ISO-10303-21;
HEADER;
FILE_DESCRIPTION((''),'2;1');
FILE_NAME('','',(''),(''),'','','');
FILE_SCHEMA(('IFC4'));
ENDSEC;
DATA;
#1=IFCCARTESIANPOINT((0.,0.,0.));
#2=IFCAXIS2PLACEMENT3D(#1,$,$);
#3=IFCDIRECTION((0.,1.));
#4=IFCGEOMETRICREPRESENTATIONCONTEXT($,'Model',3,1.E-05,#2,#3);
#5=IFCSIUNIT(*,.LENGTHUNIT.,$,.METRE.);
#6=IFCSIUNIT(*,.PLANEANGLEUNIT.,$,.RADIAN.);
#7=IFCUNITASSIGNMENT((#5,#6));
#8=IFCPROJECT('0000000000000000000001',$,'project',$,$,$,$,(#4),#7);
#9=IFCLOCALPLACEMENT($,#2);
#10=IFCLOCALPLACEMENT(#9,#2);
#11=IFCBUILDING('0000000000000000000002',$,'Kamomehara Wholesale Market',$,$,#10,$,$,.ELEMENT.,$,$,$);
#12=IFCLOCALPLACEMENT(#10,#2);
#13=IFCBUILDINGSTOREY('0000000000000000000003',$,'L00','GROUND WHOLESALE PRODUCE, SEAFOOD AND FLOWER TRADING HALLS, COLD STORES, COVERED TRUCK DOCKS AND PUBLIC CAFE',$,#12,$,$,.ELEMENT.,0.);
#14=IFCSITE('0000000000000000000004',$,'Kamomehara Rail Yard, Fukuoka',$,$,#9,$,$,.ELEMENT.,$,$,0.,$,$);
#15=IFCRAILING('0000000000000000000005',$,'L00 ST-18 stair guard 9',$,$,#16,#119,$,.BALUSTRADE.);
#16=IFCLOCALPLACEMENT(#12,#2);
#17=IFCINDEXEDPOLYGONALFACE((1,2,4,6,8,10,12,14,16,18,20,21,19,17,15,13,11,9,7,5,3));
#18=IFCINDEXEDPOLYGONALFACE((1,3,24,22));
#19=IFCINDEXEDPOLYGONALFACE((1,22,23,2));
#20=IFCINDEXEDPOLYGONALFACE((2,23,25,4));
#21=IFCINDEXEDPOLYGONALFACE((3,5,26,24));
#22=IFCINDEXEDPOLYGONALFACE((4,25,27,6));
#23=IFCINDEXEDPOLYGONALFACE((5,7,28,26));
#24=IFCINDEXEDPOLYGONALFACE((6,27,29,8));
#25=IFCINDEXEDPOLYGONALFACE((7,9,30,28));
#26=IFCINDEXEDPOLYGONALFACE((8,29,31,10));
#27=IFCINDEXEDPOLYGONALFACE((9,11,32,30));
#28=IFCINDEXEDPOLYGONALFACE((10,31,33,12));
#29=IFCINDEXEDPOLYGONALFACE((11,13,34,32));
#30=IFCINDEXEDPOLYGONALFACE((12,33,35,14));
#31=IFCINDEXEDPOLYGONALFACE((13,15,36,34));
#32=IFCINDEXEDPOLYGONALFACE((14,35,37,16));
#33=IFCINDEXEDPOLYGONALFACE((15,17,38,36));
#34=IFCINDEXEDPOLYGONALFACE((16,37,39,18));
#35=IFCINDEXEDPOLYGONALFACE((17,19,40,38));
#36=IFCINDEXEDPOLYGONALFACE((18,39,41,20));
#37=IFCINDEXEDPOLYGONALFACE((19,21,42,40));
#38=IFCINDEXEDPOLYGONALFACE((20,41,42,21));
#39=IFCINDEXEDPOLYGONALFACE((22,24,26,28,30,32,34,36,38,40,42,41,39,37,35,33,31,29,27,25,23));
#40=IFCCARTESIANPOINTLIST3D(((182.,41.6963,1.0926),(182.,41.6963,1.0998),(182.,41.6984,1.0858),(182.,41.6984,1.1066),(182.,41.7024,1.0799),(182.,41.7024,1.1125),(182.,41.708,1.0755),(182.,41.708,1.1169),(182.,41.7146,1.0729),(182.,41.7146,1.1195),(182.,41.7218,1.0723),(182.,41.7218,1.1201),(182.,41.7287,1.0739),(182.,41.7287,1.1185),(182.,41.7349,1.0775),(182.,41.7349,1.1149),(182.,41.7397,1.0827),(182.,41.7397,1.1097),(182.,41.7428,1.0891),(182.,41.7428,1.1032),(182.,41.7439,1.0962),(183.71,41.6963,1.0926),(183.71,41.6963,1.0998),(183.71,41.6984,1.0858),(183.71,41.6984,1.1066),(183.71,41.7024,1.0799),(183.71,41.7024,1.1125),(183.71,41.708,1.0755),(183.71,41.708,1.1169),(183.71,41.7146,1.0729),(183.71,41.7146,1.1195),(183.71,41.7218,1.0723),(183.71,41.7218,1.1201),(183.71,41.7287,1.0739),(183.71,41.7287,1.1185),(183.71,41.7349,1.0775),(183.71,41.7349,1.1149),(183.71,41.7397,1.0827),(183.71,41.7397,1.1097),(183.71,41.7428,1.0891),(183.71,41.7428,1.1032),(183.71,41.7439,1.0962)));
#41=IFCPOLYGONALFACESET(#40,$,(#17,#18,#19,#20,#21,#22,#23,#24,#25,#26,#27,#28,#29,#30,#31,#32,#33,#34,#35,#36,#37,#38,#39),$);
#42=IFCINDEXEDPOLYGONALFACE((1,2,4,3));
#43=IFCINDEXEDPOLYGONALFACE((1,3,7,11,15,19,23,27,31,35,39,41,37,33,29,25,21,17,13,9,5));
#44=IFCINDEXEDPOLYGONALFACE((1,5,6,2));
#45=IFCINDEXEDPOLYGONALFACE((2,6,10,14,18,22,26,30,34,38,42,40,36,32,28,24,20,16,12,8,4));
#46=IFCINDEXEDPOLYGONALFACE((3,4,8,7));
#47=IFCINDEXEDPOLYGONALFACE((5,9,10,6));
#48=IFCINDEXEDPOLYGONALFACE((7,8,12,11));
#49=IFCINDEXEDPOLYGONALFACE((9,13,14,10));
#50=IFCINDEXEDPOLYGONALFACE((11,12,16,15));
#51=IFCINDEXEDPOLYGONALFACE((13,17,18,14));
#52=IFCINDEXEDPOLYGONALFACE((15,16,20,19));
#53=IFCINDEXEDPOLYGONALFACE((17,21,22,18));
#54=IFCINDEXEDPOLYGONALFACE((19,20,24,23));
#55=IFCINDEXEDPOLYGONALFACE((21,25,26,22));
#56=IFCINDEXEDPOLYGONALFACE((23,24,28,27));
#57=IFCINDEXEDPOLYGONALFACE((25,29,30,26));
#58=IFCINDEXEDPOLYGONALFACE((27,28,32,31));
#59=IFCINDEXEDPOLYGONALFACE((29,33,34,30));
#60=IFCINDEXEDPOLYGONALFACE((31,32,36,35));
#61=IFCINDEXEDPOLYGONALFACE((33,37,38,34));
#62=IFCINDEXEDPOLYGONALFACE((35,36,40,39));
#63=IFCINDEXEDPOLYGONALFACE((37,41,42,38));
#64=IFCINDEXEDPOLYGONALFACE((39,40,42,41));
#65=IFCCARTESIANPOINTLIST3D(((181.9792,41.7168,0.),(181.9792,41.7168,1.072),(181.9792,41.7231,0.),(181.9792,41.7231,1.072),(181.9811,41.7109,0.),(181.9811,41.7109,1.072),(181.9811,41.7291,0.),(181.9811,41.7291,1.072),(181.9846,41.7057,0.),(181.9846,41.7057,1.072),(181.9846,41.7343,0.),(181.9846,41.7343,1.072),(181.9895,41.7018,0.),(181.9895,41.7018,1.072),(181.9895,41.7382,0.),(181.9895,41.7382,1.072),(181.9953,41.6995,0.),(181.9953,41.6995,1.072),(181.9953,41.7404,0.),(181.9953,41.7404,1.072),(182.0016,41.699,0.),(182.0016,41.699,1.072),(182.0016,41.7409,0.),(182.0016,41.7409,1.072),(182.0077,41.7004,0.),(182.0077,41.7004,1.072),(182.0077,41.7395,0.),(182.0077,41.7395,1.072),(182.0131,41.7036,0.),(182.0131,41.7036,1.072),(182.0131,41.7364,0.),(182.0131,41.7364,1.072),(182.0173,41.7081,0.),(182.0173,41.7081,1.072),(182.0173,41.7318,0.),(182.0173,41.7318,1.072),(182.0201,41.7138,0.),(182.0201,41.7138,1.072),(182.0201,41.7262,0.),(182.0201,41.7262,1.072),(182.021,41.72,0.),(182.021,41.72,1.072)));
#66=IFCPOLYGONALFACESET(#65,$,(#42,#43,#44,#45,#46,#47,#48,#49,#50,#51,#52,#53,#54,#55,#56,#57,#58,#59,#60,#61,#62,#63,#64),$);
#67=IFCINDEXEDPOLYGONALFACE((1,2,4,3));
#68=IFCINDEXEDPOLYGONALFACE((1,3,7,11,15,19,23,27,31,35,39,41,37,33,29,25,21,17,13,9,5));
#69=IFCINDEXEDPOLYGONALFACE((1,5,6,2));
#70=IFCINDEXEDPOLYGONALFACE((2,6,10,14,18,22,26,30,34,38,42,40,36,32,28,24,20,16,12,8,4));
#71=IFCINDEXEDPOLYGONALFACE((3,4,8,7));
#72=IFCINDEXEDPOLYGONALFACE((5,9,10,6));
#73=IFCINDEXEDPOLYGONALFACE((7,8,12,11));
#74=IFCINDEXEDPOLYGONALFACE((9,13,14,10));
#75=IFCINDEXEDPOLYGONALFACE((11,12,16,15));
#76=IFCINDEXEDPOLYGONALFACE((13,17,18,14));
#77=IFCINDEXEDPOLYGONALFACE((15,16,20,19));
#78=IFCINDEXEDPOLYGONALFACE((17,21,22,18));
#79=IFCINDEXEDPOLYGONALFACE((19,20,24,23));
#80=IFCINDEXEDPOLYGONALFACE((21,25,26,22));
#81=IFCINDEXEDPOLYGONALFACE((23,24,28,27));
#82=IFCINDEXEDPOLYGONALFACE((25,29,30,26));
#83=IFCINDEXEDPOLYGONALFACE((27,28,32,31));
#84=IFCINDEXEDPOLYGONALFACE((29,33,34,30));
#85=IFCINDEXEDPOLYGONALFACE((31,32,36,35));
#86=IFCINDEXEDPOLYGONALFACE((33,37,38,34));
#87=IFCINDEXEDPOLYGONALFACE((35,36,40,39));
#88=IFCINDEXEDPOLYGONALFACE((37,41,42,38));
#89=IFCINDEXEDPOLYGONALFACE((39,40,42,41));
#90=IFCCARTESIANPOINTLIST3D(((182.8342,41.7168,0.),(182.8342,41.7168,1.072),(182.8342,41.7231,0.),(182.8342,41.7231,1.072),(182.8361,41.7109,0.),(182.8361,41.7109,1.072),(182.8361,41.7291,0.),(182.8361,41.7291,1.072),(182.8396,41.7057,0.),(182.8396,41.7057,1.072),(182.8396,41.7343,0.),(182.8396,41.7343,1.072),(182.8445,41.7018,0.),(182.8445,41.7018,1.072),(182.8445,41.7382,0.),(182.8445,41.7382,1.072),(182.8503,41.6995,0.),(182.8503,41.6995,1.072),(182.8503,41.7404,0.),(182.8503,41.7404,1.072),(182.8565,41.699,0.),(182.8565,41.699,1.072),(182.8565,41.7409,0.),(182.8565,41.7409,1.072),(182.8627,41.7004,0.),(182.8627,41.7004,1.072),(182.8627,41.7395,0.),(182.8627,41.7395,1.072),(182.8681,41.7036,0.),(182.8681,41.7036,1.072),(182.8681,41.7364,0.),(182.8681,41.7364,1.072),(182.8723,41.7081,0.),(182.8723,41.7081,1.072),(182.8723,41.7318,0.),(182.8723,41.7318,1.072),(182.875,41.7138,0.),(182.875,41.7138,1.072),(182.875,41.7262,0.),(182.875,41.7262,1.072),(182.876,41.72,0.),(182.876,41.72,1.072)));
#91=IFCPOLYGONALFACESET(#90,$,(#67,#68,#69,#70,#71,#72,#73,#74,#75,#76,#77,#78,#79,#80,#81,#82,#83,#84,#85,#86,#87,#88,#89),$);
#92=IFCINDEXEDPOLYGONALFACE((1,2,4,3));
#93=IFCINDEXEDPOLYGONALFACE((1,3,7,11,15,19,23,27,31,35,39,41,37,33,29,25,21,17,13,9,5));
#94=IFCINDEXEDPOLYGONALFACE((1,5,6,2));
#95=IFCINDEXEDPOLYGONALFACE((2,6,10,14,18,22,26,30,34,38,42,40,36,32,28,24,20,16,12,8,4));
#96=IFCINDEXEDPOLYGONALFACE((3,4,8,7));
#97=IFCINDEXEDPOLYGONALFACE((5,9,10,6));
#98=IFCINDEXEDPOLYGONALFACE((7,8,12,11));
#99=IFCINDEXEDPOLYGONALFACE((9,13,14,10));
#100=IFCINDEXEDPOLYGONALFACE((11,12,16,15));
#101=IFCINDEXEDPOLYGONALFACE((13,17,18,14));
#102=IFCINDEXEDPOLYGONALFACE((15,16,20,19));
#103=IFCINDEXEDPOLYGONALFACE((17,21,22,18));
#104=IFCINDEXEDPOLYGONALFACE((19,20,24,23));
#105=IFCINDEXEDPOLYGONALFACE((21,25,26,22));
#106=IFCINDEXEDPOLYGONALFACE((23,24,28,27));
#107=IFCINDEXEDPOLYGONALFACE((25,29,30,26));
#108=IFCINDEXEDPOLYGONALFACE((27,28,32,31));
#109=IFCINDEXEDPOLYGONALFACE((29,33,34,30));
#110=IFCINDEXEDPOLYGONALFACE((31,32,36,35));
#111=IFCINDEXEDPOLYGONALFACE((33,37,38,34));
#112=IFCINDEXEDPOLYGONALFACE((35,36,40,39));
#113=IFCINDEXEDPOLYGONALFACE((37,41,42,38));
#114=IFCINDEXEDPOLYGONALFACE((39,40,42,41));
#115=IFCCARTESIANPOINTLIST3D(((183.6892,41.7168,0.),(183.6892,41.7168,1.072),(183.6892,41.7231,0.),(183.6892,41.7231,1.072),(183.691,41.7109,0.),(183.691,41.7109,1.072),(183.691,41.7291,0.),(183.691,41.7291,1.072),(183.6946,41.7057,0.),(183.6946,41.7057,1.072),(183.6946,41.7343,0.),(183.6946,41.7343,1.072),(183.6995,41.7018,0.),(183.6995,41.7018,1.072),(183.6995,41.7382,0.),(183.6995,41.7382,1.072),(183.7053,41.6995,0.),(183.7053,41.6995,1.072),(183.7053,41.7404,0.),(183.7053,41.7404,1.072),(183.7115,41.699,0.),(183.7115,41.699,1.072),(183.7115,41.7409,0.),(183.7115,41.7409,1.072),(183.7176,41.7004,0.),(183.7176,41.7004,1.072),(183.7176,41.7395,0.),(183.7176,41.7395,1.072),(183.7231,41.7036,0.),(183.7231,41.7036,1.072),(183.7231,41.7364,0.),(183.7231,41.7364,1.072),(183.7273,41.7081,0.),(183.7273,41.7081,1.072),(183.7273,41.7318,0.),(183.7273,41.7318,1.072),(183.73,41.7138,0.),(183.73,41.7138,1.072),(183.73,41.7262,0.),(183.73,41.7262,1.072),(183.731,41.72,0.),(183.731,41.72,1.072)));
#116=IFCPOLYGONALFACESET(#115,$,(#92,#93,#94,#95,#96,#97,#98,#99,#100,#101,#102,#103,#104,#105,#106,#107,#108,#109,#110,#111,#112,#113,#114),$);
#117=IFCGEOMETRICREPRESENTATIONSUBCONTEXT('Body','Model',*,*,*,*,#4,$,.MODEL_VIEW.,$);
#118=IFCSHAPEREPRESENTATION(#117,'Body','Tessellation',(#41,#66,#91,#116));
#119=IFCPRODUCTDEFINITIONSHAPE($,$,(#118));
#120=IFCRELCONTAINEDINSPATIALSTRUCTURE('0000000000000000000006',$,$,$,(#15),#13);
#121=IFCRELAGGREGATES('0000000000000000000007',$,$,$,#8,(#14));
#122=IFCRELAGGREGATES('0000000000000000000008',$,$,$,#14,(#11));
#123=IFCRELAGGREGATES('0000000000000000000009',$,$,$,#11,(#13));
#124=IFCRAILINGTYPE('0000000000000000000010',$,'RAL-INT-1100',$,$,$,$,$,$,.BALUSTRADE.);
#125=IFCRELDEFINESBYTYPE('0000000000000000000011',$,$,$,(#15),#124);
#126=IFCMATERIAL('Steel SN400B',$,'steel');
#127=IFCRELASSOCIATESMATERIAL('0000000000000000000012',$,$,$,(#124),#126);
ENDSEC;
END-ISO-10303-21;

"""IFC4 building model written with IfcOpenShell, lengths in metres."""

from ifc_helpers import new_model, si_unit, direction, frame, origin, origin_2d, place, context, subcontext, project, spatial, circle, extrude, material, type_object, element, save


model = new_model("IFC4")

# Units and contexts
model_context = context("Model", 3, precision=1e-05, world=origin(), true_north=direction((0.0, 1.0)))
body_context = subcontext(model_context, "Body", "Model", "MODEL_VIEW")
ifc_project = project(units=[si_unit("LENGTHUNIT", "METRE"), si_unit("PLANEANGLEUNIT", "RADIAN")], contexts=[model_context])

# Site, building, storey
site_placement = place(None, origin())
site = spatial("IfcSite", under=ifc_project, at=site_placement, Name="Kamomehara Rail Yard, Fukuoka", CompositionType="ELEMENT", RefElevation=0.0)
building_placement = place(site_placement, origin())
building = spatial("IfcBuilding", under=site, at=building_placement, Name="Kamomehara Wholesale Market", CompositionType="ELEMENT")
storey_placement = place(building_placement, origin())
storey = spatial("IfcBuildingStorey", under=building, at=storey_placement, Name="L00", Description="GROUND WHOLESALE PRODUCE, SEAFOOD AND FLOWER TRADING HALLS, COLD STORES, COVERED TRUCK DOCKS AND PUBLIC CAFE", CompositionType="ELEMENT", Elevation=0.0)

# Railing
ifc_material_1 = material(Name="Steel SN400B", Category="steel")
railing_type_1 = type_object("IfcRailingType", Name="RAL-INT-1100", PredefinedType="BALUSTRADE", material=ifc_material_1)
railing_1_placement = place(storey_placement, frame((182.0, 41.72, 0.0)))
element("IfcRailing", 1, at=railing_1_placement, inside=storey, type_object=railing_type_1, Name="L00 ST-18 stair guard 9", PredefinedType="BALUSTRADE", context=body_context, shape_type="SweptSolid", body=[
    extrude(circle(Radius=0.0239, at=origin_2d()), frame((0.0, 0.0, 1.0962), z_axis=(1.0, 0.0, 0.0), x_axis=(0.0, 1.0, 0.0)), (0.0, 0.0, 1.0), 1.71),
    extrude(circle(Radius=0.021, at=origin_2d()), origin(), (0.0, 0.0, 1.0), 1.072),
    extrude(circle(Radius=0.021, at=origin_2d()), frame((0.855, 0.0, 0.0)), (0.0, 0.0, 1.0), 1.072),
    extrude(circle(Radius=0.021, at=origin_2d()), frame((1.71, 0.0, 0.0)), (0.0, 0.0, 1.0), 1.072),
])

save(model, "model.ifc")
